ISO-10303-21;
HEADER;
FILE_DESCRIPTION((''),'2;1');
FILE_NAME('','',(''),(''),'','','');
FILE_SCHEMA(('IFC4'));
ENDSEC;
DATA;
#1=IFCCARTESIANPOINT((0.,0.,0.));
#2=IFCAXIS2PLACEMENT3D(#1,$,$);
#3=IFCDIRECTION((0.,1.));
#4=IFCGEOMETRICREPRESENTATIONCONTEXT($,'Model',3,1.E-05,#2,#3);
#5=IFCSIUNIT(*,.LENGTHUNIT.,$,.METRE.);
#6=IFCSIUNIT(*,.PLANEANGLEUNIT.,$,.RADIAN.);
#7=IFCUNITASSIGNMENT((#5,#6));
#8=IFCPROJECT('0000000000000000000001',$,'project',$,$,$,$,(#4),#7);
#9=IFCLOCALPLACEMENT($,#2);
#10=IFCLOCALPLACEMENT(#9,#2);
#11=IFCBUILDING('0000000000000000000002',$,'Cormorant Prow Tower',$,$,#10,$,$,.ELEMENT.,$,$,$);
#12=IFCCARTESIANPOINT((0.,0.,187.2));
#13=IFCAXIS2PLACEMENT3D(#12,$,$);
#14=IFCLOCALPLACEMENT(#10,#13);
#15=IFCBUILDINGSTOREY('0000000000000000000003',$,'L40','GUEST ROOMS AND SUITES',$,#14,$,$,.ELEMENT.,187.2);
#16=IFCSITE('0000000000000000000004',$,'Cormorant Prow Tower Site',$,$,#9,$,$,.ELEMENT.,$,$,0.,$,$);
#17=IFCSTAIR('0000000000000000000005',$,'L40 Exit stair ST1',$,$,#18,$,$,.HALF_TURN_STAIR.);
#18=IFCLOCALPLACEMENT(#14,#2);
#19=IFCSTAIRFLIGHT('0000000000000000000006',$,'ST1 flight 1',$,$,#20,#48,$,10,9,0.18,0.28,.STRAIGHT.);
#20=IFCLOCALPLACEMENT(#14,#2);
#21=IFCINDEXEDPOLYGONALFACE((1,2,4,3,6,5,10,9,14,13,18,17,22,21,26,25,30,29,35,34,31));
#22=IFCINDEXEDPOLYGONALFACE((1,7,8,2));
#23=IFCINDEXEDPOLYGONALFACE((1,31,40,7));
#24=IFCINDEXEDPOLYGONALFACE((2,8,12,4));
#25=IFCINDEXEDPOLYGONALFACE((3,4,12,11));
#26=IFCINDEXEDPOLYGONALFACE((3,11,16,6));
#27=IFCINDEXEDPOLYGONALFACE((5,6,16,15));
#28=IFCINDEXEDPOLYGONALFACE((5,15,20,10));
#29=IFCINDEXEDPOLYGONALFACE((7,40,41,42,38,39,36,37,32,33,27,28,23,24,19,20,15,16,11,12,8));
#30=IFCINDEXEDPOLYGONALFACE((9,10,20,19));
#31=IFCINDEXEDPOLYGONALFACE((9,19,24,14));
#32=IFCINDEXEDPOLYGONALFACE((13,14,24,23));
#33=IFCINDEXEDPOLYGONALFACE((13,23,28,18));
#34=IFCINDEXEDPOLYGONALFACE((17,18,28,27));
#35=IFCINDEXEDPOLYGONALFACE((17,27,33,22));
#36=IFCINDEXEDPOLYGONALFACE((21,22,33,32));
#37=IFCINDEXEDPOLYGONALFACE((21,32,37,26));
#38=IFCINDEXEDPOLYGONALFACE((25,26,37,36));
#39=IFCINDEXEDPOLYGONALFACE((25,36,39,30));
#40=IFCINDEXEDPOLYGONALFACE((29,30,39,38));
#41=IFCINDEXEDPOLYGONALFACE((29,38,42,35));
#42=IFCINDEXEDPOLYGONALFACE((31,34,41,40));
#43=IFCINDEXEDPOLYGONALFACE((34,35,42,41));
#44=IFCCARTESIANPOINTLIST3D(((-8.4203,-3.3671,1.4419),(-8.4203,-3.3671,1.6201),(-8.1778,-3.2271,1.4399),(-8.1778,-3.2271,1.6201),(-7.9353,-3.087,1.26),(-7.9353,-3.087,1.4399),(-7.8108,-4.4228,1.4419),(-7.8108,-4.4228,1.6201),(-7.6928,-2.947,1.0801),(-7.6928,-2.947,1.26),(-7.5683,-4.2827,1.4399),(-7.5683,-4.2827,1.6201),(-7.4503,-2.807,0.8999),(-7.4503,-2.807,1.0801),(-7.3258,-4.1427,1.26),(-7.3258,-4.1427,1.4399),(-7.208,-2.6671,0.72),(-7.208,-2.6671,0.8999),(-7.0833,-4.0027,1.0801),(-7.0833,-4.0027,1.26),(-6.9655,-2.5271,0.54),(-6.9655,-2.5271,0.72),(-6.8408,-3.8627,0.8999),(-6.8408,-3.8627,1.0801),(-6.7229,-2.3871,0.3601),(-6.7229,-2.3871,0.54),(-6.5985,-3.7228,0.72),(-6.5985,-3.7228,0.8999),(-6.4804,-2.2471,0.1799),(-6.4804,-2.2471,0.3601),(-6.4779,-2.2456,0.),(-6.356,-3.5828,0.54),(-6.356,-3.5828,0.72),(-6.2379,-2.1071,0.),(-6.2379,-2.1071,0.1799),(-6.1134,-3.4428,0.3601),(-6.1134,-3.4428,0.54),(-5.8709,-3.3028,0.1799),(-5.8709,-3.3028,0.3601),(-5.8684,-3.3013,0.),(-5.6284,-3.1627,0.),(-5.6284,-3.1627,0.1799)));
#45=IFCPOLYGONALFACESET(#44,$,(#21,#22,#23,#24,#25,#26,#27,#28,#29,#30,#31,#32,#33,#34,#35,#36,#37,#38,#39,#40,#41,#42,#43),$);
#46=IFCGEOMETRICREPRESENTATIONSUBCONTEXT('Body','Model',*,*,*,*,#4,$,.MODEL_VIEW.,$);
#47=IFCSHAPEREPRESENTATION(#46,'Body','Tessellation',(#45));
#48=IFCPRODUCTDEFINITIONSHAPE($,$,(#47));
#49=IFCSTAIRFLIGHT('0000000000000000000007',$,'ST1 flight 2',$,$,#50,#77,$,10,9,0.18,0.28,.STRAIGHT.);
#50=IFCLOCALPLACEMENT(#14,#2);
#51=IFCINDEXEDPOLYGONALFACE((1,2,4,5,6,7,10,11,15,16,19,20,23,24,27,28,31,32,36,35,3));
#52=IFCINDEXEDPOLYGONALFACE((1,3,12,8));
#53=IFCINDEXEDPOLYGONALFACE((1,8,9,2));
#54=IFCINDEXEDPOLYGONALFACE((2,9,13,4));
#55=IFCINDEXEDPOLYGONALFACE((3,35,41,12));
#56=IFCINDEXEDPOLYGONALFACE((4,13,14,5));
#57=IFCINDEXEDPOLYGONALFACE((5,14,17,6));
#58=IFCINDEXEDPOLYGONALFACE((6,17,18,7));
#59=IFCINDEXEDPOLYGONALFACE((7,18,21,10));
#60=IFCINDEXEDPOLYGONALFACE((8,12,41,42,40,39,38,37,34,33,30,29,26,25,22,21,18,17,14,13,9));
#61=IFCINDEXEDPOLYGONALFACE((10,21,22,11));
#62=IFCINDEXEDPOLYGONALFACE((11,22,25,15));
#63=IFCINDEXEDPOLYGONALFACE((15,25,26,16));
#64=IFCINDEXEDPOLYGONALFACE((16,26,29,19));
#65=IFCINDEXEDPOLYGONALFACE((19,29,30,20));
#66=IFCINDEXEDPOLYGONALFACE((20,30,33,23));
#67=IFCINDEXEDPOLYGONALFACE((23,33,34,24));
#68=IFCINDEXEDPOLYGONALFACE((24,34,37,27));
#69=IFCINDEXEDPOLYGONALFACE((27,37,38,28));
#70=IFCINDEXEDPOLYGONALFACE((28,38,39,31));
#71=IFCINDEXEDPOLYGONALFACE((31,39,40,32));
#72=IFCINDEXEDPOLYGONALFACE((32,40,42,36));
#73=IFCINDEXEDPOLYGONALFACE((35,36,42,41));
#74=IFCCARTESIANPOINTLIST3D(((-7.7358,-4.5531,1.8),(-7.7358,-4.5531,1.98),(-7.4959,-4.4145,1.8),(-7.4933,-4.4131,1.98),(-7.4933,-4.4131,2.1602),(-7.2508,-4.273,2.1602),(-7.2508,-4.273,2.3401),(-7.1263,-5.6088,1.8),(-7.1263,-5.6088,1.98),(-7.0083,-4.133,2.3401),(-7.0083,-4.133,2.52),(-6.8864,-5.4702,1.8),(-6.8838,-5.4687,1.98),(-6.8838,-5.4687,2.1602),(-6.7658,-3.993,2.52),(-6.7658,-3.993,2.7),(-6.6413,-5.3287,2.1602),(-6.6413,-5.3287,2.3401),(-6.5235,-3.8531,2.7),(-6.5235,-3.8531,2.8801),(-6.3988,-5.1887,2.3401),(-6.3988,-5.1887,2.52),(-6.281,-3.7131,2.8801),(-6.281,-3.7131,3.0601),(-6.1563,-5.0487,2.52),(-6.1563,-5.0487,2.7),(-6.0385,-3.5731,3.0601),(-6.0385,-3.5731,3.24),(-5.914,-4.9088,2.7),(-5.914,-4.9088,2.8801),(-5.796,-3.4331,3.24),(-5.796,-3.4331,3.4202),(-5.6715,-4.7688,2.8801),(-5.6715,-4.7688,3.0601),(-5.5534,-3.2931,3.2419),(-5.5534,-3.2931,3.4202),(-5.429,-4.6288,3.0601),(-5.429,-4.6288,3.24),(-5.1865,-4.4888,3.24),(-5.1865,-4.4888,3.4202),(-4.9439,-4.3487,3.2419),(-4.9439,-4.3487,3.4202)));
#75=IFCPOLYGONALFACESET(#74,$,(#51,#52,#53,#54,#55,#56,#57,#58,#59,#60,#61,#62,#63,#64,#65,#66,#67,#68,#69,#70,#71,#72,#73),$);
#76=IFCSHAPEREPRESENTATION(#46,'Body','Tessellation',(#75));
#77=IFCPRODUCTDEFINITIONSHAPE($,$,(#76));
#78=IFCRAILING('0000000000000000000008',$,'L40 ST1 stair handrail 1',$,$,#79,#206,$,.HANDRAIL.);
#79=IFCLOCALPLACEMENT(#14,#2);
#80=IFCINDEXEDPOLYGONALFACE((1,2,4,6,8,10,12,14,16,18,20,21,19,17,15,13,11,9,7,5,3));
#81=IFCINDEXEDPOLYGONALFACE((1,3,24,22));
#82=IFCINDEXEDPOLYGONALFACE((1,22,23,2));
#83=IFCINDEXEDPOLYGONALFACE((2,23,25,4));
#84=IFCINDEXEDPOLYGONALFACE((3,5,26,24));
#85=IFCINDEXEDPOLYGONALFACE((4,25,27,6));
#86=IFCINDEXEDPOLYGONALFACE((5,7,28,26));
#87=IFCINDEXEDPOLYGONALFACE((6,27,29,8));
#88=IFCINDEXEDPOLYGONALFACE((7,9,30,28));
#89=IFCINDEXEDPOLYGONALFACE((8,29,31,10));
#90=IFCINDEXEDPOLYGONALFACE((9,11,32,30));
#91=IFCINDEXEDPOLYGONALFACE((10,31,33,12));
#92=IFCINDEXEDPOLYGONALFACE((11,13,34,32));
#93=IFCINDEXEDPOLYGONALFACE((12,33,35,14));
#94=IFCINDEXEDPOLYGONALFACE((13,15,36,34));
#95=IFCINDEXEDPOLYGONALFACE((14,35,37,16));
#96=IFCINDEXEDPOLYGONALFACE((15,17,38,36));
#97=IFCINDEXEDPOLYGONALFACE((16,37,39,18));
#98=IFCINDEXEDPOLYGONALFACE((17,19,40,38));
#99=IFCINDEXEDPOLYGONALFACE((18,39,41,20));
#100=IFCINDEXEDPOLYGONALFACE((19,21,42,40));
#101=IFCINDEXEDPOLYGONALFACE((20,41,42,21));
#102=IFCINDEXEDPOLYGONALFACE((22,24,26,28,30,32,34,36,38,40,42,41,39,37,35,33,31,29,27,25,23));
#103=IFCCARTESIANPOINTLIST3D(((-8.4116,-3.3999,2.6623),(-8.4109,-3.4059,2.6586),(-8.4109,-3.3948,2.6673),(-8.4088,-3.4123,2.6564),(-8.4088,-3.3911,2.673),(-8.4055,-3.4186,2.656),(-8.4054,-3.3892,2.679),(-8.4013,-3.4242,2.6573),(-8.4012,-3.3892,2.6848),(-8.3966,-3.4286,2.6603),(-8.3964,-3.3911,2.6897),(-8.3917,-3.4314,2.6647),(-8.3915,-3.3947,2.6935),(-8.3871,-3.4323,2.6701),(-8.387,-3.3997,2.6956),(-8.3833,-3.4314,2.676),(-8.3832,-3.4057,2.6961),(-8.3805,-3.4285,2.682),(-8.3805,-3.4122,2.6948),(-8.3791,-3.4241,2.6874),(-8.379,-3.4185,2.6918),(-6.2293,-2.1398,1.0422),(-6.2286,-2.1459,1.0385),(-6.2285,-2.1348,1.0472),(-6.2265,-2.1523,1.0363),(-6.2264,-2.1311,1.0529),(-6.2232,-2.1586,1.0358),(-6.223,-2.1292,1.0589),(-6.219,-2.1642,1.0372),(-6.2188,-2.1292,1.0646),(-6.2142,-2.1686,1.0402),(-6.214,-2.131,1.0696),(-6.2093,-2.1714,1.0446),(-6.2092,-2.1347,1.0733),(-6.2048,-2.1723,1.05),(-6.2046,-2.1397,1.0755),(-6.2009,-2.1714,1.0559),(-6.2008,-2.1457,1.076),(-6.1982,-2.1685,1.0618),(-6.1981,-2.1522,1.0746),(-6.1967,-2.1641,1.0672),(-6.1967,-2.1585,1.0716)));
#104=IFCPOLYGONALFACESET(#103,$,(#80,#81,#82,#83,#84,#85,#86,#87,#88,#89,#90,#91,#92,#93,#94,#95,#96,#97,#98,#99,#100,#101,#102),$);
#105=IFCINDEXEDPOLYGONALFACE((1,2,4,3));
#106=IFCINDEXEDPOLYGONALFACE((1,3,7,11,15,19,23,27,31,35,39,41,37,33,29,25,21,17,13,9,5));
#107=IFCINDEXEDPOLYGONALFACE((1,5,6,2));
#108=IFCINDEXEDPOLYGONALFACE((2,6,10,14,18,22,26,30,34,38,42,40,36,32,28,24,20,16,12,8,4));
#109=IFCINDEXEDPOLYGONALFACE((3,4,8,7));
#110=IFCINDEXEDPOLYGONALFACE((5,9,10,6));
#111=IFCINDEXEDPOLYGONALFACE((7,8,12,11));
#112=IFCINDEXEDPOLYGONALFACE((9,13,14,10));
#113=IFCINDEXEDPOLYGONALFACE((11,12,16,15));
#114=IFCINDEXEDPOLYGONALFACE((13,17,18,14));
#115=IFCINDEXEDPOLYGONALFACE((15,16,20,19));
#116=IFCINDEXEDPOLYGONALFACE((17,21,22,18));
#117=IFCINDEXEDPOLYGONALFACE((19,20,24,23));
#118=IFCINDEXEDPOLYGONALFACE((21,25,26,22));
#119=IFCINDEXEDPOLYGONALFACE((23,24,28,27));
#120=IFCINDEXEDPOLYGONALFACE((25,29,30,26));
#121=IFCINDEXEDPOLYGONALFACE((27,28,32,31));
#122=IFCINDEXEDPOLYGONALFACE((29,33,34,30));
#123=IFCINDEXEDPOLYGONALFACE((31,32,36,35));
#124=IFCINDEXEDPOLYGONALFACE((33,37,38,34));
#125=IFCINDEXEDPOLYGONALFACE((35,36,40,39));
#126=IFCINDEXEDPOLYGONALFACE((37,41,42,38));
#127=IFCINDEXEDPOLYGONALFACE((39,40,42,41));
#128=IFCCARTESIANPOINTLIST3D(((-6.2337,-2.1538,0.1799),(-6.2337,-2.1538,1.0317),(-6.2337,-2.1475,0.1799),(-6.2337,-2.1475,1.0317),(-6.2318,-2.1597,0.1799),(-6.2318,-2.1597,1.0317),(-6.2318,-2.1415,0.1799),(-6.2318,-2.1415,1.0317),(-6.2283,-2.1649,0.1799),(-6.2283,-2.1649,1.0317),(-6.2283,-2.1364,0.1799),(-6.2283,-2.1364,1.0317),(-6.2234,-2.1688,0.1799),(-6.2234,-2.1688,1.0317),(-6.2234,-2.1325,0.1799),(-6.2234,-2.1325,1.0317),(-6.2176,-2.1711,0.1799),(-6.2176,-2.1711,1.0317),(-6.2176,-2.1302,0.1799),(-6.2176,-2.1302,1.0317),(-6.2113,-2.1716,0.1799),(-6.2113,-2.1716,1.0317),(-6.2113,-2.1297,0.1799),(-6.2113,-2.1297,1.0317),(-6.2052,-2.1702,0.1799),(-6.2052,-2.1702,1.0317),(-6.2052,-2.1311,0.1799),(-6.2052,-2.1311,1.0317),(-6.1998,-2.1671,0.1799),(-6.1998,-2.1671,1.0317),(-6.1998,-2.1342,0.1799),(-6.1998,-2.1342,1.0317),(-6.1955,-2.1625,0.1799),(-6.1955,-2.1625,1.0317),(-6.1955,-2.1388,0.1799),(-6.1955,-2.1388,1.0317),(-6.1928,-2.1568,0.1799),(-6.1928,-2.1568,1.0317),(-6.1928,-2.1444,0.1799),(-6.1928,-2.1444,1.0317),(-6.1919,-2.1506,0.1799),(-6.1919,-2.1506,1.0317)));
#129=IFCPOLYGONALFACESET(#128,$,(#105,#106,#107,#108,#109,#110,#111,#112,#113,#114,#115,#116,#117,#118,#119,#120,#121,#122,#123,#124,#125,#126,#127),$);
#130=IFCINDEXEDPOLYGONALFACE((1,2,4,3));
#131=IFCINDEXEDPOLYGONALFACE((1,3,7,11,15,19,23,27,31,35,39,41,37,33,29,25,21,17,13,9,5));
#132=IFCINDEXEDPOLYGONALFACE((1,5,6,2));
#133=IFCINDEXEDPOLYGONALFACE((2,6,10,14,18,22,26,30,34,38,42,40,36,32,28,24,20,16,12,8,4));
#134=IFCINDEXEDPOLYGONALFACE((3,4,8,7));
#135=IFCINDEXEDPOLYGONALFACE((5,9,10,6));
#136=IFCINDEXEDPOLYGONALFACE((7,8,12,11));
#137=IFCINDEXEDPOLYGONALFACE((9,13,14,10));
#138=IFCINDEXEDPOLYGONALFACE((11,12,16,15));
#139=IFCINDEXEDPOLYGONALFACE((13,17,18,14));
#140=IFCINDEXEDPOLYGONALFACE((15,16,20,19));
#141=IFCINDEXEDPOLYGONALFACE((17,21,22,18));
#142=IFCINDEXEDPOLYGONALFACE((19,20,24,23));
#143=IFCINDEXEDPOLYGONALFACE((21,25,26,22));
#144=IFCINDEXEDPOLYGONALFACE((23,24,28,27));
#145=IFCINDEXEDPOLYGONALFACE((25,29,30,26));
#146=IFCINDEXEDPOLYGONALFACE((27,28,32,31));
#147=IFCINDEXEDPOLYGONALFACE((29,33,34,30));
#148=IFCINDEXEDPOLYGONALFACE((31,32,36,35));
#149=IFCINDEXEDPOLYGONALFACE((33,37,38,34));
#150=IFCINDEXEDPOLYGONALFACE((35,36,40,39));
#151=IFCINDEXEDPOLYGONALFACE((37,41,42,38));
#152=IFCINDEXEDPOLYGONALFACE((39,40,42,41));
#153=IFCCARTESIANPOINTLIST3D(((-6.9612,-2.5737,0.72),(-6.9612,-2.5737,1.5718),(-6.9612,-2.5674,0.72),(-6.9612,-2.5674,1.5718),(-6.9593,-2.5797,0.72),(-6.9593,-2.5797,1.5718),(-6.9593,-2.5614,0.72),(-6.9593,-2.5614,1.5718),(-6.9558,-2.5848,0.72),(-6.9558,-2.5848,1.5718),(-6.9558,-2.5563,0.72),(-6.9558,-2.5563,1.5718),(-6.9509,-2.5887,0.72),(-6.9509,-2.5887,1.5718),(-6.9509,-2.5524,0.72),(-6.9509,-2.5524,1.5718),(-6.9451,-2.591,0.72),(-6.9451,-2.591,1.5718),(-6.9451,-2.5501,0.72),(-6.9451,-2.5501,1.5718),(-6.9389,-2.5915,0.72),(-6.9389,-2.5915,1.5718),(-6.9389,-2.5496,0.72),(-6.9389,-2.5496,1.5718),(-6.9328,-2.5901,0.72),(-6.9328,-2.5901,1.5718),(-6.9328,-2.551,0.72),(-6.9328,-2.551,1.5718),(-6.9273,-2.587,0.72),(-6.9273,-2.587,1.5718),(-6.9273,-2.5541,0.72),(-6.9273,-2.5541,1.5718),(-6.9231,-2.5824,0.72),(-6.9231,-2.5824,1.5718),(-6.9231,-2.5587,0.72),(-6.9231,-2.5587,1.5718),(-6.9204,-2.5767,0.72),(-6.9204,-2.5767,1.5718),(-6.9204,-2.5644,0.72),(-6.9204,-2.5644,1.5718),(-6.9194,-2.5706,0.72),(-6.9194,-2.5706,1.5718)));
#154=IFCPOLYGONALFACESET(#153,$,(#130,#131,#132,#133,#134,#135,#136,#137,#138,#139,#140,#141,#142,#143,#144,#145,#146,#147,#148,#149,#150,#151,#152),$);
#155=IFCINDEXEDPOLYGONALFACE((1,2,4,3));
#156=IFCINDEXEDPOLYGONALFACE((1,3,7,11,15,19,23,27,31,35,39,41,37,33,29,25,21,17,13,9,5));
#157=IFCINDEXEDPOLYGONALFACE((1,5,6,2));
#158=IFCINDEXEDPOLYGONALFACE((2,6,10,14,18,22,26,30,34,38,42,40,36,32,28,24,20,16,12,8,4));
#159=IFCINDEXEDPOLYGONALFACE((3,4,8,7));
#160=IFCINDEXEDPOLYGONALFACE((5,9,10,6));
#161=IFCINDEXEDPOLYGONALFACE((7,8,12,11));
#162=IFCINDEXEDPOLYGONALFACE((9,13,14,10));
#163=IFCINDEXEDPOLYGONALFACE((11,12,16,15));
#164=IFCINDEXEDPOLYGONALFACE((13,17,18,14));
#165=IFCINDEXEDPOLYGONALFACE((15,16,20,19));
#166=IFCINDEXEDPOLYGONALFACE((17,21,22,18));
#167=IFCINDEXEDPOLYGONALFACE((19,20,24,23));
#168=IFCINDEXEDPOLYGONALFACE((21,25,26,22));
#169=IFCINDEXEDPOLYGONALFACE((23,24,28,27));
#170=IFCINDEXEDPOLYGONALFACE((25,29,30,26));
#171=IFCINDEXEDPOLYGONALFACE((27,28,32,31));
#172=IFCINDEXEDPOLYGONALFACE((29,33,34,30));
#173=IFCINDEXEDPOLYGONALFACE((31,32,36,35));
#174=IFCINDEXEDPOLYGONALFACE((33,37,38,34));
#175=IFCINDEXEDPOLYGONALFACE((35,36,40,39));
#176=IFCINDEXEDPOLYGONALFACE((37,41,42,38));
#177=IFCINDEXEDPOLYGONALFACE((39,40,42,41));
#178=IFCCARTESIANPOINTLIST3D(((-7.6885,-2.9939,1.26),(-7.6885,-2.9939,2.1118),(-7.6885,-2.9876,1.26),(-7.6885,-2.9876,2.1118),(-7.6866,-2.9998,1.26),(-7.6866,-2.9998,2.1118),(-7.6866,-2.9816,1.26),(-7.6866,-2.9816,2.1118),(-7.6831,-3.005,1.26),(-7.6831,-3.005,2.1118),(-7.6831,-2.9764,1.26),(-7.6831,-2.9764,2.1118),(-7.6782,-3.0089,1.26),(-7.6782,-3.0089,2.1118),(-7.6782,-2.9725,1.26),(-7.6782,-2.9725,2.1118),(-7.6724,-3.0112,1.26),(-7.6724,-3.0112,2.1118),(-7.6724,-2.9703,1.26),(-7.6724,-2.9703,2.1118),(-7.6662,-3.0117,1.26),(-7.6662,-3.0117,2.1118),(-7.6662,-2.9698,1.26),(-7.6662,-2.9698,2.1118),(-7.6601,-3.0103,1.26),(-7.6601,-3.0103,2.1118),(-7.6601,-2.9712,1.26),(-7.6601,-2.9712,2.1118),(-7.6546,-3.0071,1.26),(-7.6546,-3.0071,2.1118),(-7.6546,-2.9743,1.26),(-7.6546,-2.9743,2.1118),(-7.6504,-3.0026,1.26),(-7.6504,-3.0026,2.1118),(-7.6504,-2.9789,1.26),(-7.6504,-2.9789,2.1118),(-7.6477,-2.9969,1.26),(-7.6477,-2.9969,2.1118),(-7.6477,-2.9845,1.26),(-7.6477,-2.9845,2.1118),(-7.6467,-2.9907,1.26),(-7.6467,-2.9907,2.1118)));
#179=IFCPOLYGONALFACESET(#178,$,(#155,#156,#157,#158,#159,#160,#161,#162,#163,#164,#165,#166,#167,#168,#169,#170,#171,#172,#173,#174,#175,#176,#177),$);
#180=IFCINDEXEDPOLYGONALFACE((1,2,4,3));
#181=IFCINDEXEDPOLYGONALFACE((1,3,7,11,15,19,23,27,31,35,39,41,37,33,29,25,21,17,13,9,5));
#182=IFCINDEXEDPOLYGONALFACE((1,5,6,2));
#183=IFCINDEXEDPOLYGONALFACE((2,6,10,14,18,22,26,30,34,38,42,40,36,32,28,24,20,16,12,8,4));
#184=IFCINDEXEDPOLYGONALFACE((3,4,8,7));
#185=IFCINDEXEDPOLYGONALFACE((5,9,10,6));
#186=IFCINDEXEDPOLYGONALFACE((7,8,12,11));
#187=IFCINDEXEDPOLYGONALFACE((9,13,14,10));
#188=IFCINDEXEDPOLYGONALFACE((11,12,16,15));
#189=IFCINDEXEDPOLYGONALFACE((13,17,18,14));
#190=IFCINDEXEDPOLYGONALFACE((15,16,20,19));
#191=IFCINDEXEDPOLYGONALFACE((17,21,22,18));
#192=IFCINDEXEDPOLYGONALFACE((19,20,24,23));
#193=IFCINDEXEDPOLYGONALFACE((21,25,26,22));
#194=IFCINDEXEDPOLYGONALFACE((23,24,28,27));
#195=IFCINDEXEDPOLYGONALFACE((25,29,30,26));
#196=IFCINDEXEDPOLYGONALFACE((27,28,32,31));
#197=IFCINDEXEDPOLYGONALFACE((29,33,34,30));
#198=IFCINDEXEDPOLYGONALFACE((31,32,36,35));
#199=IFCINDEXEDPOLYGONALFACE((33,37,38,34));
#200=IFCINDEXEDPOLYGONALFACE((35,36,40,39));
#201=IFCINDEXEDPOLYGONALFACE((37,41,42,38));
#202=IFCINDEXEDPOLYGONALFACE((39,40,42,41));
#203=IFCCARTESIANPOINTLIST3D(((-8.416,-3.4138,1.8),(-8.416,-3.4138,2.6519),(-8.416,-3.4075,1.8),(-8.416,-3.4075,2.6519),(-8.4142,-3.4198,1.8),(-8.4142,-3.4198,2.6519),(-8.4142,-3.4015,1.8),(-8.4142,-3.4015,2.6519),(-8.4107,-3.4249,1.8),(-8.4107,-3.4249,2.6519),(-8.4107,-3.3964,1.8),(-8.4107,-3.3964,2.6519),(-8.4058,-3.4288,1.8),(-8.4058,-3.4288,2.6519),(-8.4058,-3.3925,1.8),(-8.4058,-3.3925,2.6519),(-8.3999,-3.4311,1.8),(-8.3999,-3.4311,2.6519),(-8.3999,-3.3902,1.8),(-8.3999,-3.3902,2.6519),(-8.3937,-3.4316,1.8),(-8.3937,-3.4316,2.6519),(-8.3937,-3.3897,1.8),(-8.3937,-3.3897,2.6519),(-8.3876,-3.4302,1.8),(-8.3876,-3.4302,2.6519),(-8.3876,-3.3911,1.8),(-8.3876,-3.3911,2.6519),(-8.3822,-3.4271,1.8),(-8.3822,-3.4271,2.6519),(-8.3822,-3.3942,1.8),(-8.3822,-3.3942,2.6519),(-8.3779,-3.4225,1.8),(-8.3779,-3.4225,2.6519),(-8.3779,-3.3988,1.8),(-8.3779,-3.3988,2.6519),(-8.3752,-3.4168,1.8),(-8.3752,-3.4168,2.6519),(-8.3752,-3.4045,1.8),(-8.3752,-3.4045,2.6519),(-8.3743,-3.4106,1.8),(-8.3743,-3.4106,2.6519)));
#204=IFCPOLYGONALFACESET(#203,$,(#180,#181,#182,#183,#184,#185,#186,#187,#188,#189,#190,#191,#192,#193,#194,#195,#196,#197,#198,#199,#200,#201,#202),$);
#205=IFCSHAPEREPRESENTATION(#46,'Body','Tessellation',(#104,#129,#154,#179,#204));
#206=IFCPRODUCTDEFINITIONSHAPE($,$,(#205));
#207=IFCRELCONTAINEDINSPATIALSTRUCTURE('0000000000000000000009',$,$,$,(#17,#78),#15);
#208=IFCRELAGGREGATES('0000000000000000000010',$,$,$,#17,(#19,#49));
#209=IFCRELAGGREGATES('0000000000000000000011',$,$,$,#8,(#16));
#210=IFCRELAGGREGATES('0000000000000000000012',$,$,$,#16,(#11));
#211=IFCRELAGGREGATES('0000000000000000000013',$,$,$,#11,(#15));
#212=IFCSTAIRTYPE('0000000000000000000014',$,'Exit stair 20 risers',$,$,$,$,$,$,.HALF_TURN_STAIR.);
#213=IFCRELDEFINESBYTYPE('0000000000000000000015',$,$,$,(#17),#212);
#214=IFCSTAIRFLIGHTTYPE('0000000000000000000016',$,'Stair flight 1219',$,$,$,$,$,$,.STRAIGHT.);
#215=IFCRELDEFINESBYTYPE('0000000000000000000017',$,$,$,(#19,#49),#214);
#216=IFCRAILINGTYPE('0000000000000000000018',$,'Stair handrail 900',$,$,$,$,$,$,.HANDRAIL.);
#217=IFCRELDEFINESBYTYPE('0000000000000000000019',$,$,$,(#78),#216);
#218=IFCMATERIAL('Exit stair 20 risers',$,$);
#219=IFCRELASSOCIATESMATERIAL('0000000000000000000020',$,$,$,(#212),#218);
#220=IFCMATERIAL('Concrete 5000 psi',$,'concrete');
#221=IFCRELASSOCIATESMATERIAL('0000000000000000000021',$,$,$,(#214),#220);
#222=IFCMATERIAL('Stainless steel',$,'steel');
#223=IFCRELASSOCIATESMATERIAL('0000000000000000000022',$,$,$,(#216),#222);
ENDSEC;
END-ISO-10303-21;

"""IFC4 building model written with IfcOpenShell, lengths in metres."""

from ifc_helpers import new_model, si_unit, direction, frame, origin, origin_2d, place, context, subcontext, project, spatial, polyline, circle, outline, extrude, material, type_object, element, aggregate, save


model = new_model("IFC4")

# Units and contexts
model_context = context("Model", 3, precision=1e-05, world=origin(), true_north=direction((0.0, 1.0)))
body_context = subcontext(model_context, "Body", "Model", "MODEL_VIEW")
ifc_project = project(units=[si_unit("LENGTHUNIT", "METRE"), si_unit("PLANEANGLEUNIT", "RADIAN")], contexts=[model_context])

# Site, building, storey
site_placement = place(None, origin())
site = spatial("IfcSite", under=ifc_project, at=site_placement, Name="Cormorant Prow Tower Site", CompositionType="ELEMENT", RefElevation=0.0)
building_placement = place(site_placement, origin())
building = spatial("IfcBuilding", under=site, at=building_placement, Name="Cormorant Prow Tower", CompositionType="ELEMENT")
storey_placement = place(building_placement, frame((0.0, 0.0, 187.2)))
storey = spatial("IfcBuildingStorey", under=building, at=storey_placement, Name="L40", Description="GUEST ROOMS AND SUITES", CompositionType="ELEMENT", Elevation=187.2)

# Stair, stair flights
ifc_material_1 = material(Name="Exit stair 20 risers")
stair_type = type_object("IfcStairType", Name="Exit stair 20 risers", PredefinedType="HALF_TURN_STAIR", material=ifc_material_1)
stair_placement = place(storey_placement, origin())
stair = element("IfcStair", 1, at=stair_placement, inside=storey, type_object=stair_type, Name="L40 Exit stair ST1", PredefinedType="HALF_TURN_STAIR")
ifc_material_2 = material(Name="Concrete 5000 psi", Category="concrete")
stair_flight_type = type_object("IfcStairFlightType", Name="Stair flight 1219", PredefinedType="STRAIGHT", material=ifc_material_2)
stair_flight_1_placement = place(storey_placement, frame((-5.9331, -2.635, 0.0), z_axis=(0.0, 0.0, 1.0), x_axis=(-0.866025, -0.5, 0.0)))
stair_flight_1 = element("IfcStairFlight", 2, at=stair_flight_1_placement, type_object=stair_flight_type, Name="ST1 flight 1", NumberOfRisers=10, NumberOfTreads=9, PredefinedType="STRAIGHT", RiserHeight=0.18, TreadLength=0.28, context=body_context, shape_type="SweptSolid", body=[
    extrude(outline(polyline([(0.0, 0.0), (0.0, 0.1799), (0.28, 0.1799), (0.28, 0.3601), (0.5601, 0.3601), (0.5601, 0.54), (0.8401, 0.54), (0.8401, 0.72), (1.1201, 0.72), (1.1201, 0.8999), (1.3999, 0.8999), (1.3999, 1.0801), (1.6799, 1.0801), (1.6799, 1.26), (1.96, 1.26), (1.96, 1.4399), (2.24, 1.4399), (2.24, 1.6201), (2.52, 1.6201), (2.52, 1.8), (2.52, 1.4419), (0.2771, 0.0), (0.0, 0.0)])), frame((0.0, 0.6094, 0.0), z_axis=(0.0, -1.0, 0.0), x_axis=(1.0, 0.0, 0.0)), (0.0, 0.0, 1.0), 1.219),
])
stair_flight_2_placement = place(storey_placement, frame((-7.4312, -5.0808, 1.8), z_axis=(0.0, 0.0, 1.0), x_axis=(0.866025, 0.5, 0.0)))
stair_flight_2 = element("IfcStairFlight", 3, at=stair_flight_2_placement, type_object=stair_flight_type, Name="ST1 flight 2", NumberOfRisers=10, NumberOfTreads=9, PredefinedType="STRAIGHT", RiserHeight=0.18, TreadLength=0.28, context=body_context, shape_type="SweptSolid", body=[
    extrude(outline(polyline([(0.0, 0.0), (0.0, 0.1799), (0.28, 0.1799), (0.28, 0.3601), (0.5601, 0.3601), (0.5601, 0.54), (0.8401, 0.54), (0.8401, 0.72), (1.1201, 0.72), (1.1201, 0.8999), (1.3999, 0.8999), (1.3999, 1.0801), (1.6799, 1.0801), (1.6799, 1.26), (1.96, 1.26), (1.96, 1.4399), (2.24, 1.4399), (2.24, 1.6201), (2.52, 1.6201), (2.52, 1.8), (2.52, 1.4419), (0.2771, 0.0), (0.0, 0.0)])), frame((0.0, 0.6094, 0.0), z_axis=(0.0, -1.0, 0.0), x_axis=(1.0, 0.0, 0.0)), (0.0, 0.0, 1.0), 1.219),
])
aggregate(stair, [stair_flight_1, stair_flight_2])

# Railing
ifc_material_3 = material(Name="Stainless steel", Category="steel")
railing_type_1 = type_object("IfcRailingType", Name="Stair handrail 900", PredefinedType="HANDRAIL", material=ifc_material_3)
railing_1_placement = place(storey_placement, frame((-6.2129, -2.1506, 0.1799)))
element("IfcRailing", 4, at=railing_1_placement, inside=storey, type_object=railing_type_1, Name="L40 ST1 stair handrail 1", PredefinedType="HANDRAIL", context=body_context, shape_type="SweptSolid", body=[
    extrude(circle(Radius=0.0239, at=origin_2d()), frame((0.0, 0.0, 0.876), z_axis=(-0.728464, -0.420584, 0.540786), x_axis=(0.500005, -0.866023, 0.0)), (0.0, 0.0, 1.0), 2.9958),
    extrude(circle(Radius=0.021, at=origin_2d()), origin(), (0.0, 0.0, 1.0), 0.8518),
    extrude(circle(Radius=0.021, at=origin_2d()), frame((-0.7275, -0.4199, 0.54)), (0.0, 0.0, 1.0), 0.8518),
    extrude(circle(Radius=0.021, at=origin_2d()), frame((-1.4548, -0.8401, 1.0801)), (0.0, 0.0, 1.0), 0.8518),
    extrude(circle(Radius=0.021, at=origin_2d()), frame((-2.1824, -1.26, 1.6201)), (0.0, 0.0, 1.0), 0.8518),
])

save(model, "model.ifc")
